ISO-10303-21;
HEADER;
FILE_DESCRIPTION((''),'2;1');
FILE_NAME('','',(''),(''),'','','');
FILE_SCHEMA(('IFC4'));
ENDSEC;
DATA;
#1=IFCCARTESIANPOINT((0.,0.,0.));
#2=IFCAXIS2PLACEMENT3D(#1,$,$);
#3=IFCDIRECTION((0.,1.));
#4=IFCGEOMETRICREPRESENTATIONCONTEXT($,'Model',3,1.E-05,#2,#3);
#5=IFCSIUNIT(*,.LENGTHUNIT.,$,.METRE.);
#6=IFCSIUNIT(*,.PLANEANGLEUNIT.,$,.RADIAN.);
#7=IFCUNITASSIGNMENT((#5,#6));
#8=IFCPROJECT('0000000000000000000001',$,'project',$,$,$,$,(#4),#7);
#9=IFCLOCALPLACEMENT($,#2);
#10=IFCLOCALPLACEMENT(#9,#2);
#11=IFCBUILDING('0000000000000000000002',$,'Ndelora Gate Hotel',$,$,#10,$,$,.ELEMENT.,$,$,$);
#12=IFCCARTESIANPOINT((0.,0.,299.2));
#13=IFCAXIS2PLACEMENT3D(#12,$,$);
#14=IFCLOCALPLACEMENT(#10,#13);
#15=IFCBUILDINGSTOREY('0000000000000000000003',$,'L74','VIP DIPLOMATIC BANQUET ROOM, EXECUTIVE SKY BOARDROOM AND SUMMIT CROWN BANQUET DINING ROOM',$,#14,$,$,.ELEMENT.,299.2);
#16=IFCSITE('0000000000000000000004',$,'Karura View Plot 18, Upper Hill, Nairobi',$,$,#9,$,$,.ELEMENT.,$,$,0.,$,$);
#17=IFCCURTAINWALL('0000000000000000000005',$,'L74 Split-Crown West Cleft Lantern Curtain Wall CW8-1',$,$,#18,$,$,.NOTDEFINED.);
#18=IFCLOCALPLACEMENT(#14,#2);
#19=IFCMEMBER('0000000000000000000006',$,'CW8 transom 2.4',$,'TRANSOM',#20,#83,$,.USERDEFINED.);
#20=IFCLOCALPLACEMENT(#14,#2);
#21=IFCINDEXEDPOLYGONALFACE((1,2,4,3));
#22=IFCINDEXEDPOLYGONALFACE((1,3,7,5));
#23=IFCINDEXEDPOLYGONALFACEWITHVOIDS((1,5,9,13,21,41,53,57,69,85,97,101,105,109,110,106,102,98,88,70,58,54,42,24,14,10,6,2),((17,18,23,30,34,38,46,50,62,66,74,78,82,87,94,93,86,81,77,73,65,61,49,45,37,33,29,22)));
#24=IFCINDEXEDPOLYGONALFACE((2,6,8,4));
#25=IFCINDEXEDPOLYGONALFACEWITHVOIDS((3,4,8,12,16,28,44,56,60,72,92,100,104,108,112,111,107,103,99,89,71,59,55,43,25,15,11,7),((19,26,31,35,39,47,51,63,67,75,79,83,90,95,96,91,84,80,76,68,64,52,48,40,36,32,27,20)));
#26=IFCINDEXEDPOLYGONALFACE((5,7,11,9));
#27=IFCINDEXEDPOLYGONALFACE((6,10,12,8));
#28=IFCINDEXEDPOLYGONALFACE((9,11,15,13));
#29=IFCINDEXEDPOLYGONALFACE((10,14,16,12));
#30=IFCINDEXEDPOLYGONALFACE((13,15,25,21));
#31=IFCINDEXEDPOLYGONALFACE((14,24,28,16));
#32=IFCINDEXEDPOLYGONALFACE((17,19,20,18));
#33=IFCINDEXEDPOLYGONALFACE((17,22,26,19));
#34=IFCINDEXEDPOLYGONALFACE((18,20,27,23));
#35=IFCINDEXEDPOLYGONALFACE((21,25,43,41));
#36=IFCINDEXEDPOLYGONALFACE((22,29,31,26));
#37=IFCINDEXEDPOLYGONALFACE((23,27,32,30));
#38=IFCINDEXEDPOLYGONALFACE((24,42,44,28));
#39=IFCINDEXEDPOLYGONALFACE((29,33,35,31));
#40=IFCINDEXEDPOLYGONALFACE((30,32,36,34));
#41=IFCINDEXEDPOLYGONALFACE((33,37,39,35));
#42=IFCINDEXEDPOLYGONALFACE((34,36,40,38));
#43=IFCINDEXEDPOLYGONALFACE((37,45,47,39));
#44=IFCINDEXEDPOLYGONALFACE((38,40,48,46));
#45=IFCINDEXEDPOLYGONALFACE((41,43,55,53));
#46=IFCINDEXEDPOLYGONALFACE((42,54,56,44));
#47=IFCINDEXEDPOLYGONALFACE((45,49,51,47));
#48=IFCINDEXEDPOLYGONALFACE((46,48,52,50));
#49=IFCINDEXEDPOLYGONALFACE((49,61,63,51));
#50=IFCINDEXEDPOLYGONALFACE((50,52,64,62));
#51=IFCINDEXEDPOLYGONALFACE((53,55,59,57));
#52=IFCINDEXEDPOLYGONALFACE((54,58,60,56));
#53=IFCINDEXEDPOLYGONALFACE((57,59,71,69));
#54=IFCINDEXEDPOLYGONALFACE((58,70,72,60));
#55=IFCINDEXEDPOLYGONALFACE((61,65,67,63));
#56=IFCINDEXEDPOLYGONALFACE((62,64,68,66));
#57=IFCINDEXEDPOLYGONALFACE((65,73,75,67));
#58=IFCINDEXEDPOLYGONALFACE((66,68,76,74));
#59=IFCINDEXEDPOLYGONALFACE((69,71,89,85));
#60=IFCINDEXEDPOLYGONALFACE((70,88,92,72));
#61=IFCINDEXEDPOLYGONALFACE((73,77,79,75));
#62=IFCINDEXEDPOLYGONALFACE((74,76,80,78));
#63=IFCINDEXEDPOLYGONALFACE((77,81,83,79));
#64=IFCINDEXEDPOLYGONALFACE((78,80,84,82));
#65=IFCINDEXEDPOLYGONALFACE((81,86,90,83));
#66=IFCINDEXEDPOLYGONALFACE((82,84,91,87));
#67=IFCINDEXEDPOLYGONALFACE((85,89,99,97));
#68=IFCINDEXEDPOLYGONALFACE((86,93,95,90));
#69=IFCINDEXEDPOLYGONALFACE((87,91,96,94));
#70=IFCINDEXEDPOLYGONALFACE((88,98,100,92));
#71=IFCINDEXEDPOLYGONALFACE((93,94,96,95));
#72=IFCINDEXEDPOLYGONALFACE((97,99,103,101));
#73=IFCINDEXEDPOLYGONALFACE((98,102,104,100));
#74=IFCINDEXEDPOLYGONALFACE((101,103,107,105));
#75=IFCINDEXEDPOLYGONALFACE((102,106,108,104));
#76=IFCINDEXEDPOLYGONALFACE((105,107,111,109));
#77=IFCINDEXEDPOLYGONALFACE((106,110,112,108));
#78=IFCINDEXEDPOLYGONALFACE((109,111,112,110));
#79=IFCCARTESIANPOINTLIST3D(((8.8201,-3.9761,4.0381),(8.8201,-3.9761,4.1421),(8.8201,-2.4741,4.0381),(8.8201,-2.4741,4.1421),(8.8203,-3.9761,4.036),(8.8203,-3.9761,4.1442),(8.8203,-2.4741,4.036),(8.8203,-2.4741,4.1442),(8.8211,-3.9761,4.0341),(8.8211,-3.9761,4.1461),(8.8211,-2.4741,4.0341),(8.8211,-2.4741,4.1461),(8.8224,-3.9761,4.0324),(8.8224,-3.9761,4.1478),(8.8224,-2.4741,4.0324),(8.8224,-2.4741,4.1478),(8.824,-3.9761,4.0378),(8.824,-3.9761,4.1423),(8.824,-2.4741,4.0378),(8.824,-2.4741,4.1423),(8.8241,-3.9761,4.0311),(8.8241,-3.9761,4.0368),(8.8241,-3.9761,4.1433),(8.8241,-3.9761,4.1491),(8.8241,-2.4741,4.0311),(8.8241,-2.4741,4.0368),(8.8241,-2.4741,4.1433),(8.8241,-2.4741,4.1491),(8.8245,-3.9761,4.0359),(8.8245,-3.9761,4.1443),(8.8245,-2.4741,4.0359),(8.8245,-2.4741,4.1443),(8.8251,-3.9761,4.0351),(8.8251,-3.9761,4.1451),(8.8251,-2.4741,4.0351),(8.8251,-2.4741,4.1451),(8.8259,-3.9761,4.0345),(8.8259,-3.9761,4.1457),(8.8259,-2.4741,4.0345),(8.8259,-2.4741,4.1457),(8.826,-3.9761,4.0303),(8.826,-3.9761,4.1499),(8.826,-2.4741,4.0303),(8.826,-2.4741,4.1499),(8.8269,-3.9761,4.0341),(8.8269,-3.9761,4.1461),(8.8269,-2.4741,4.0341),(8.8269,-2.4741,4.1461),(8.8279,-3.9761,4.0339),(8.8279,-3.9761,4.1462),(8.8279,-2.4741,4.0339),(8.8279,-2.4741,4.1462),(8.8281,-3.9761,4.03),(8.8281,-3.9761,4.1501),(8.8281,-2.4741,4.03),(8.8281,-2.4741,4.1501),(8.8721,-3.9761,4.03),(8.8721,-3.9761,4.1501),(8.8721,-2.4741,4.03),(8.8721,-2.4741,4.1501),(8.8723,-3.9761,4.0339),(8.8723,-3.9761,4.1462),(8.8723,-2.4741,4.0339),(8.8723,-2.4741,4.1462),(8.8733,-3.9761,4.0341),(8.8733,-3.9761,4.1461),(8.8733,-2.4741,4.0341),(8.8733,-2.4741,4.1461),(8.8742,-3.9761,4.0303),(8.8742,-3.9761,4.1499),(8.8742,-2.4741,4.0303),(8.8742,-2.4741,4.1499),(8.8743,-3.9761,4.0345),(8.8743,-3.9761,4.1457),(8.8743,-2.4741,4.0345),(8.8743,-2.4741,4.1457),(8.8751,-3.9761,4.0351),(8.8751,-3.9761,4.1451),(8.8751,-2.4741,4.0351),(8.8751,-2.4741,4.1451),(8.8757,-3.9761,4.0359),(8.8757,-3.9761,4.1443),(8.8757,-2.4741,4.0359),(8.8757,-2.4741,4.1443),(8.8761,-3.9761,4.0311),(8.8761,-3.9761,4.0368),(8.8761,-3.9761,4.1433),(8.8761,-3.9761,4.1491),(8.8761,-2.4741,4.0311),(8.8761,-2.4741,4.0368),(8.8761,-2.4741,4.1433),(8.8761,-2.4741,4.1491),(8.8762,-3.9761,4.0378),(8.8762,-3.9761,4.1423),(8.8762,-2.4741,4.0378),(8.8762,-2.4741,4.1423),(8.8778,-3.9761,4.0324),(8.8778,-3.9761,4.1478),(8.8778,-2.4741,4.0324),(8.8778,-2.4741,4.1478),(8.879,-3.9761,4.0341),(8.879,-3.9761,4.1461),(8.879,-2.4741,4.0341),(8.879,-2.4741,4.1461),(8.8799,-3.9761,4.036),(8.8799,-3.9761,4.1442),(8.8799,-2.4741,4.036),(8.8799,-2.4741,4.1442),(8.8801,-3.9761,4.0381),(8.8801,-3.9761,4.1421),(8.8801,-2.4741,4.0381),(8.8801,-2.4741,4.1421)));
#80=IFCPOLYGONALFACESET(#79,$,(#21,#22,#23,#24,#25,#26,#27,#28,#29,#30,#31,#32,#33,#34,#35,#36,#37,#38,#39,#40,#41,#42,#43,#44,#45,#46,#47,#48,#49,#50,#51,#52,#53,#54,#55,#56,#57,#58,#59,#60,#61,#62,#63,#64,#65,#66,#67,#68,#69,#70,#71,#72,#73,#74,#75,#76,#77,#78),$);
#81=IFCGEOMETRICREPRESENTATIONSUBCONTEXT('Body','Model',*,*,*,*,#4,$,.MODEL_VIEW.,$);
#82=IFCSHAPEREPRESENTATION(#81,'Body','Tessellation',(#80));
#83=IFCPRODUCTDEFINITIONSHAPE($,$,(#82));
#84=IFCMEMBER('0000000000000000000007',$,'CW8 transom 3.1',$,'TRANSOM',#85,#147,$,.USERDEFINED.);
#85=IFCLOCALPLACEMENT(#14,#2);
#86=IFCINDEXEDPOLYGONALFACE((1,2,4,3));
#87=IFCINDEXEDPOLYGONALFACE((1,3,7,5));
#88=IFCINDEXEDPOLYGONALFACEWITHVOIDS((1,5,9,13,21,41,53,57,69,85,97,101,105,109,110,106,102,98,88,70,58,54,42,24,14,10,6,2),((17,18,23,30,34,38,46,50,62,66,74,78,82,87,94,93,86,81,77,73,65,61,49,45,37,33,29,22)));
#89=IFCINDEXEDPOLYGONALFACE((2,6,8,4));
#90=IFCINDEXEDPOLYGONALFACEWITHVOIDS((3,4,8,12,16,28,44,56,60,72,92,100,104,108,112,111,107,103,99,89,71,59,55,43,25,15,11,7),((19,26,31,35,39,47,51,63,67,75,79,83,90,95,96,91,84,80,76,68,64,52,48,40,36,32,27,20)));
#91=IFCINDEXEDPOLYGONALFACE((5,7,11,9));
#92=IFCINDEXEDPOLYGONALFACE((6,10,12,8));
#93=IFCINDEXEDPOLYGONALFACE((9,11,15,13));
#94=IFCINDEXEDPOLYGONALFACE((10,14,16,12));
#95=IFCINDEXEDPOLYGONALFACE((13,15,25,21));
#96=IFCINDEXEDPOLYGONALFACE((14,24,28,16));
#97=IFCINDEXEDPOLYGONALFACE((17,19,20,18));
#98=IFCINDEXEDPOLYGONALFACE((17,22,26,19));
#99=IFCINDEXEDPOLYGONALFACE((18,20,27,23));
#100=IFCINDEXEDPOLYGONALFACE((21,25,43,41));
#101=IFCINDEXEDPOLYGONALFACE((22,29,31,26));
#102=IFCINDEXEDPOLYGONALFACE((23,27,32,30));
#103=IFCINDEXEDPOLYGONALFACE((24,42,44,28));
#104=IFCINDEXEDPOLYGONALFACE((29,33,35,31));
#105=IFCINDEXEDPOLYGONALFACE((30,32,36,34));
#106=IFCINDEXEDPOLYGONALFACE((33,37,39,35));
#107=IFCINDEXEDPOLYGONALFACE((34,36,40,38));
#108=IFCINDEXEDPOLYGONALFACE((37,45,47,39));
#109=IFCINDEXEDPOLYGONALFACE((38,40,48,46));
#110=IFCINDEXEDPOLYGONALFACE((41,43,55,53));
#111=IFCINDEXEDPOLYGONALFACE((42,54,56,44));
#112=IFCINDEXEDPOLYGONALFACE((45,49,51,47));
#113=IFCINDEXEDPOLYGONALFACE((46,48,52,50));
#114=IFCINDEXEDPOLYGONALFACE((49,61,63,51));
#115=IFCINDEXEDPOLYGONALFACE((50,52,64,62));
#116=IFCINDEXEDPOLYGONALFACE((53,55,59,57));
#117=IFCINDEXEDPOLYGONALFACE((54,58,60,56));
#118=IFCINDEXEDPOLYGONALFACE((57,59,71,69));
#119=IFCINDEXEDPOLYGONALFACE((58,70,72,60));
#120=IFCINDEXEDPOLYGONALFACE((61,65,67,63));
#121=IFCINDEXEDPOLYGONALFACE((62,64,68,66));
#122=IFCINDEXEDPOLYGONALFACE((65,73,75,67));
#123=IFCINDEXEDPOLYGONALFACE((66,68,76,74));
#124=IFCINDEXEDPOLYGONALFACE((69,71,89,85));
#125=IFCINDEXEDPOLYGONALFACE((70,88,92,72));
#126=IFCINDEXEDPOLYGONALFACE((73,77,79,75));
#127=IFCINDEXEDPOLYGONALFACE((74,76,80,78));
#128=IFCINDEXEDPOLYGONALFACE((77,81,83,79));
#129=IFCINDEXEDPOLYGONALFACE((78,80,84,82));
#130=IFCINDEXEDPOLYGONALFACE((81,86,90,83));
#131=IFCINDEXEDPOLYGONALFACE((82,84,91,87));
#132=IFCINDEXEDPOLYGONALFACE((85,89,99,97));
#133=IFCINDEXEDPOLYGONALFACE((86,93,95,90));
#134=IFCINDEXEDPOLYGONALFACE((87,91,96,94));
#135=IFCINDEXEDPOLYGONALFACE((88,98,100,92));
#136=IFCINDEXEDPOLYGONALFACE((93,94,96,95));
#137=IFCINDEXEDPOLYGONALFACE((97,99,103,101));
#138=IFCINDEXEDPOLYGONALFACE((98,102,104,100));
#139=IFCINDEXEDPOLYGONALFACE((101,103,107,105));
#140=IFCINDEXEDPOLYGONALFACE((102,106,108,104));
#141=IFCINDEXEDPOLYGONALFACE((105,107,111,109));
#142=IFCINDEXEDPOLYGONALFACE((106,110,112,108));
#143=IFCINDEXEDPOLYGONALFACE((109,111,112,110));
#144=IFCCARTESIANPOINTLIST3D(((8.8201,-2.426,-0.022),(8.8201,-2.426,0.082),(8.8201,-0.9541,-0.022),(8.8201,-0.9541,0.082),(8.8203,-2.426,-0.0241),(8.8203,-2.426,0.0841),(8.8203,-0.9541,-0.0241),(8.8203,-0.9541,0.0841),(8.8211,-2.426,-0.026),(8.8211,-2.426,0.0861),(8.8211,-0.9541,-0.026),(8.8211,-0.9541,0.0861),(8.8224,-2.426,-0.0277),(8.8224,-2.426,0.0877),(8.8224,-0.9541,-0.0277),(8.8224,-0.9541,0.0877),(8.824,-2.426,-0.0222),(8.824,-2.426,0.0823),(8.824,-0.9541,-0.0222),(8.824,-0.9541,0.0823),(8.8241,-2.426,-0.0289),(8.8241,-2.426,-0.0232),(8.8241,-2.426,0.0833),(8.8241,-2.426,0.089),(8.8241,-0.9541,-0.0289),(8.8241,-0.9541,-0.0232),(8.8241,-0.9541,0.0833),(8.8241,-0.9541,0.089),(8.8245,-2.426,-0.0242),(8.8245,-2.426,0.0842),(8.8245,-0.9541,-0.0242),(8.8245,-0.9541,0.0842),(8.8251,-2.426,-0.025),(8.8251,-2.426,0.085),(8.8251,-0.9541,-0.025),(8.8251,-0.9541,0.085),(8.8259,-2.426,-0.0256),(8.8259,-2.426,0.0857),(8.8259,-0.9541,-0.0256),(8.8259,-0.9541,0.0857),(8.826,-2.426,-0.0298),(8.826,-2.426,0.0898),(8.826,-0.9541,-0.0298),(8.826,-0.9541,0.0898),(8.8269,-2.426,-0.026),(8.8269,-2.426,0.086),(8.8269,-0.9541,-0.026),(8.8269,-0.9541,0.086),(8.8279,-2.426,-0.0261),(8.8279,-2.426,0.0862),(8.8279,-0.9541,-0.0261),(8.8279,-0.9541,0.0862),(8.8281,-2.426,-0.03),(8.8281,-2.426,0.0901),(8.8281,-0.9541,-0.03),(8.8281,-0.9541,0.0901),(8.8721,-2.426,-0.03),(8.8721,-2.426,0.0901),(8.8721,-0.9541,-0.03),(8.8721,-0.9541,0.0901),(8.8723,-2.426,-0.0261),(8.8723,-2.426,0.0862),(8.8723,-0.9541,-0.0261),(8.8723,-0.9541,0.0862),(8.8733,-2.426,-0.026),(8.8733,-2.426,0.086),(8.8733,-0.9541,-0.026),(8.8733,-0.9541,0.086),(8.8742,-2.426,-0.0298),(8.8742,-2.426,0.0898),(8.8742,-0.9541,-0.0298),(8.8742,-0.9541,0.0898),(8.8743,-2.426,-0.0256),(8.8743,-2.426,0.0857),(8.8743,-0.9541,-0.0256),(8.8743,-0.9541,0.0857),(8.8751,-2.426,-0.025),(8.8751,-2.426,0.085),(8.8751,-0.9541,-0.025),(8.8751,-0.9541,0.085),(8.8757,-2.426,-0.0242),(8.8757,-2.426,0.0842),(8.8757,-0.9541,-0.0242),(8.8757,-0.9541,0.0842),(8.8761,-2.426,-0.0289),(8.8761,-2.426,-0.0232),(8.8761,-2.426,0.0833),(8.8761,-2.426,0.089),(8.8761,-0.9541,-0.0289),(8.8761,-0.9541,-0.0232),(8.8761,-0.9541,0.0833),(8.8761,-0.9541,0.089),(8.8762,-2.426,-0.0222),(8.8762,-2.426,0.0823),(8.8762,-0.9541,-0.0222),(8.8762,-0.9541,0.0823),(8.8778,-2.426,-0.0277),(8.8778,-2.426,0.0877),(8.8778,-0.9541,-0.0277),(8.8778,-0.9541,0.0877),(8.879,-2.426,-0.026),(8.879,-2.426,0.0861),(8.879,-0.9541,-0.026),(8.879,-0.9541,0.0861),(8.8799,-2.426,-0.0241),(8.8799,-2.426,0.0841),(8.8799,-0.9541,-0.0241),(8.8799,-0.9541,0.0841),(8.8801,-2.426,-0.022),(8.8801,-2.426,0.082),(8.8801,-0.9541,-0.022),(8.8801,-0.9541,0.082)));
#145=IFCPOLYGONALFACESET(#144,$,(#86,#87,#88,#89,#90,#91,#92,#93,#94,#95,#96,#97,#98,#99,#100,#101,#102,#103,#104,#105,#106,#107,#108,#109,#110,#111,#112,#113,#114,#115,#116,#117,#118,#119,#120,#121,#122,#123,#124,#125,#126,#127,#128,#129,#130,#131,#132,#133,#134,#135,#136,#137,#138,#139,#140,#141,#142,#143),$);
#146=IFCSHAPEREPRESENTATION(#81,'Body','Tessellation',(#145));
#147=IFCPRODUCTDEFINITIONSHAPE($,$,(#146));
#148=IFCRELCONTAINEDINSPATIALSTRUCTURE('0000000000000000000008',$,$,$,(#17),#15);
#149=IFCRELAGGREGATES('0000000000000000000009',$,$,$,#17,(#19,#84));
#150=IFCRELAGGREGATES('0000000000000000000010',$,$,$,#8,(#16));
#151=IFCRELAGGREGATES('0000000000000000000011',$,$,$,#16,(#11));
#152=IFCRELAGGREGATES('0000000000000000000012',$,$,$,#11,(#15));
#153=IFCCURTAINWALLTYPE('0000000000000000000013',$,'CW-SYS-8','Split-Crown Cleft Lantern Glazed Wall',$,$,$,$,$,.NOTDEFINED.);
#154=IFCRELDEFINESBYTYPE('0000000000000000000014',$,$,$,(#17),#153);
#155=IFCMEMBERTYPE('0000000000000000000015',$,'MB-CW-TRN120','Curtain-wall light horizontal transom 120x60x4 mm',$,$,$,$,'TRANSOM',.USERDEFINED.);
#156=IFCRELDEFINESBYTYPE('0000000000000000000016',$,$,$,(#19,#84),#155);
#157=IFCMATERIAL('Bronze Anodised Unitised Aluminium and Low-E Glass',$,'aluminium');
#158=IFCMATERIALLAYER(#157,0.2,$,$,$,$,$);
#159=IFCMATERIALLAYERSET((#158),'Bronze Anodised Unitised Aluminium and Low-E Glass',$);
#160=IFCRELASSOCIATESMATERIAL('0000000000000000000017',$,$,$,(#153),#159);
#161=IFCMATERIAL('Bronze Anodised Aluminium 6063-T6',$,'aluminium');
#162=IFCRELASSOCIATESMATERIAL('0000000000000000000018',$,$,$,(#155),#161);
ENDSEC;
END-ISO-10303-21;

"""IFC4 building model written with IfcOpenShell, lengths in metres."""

from ifc_helpers import new_model, si_unit, direction, frame, origin, origin_2d, place, context, subcontext, project, spatial, hollow_rectangle, extrude, material, layer, layer_set, material_profile, profile_set, type_object, element, aggregate, save


model = new_model("IFC4")

# Units and contexts
model_context = context("Model", 3, precision=1e-05, world=origin(), true_north=direction((0.0, 1.0)))
body_context = subcontext(model_context, "Body", "Model", "MODEL_VIEW")
ifc_project = project(units=[si_unit("LENGTHUNIT", "METRE"), si_unit("PLANEANGLEUNIT", "RADIAN")], contexts=[model_context])

# Site, building, storey
site_placement = place(None, origin())
site = spatial("IfcSite", under=ifc_project, at=site_placement, Name="Karura View Plot 18, Upper Hill, Nairobi", CompositionType="ELEMENT", RefElevation=0.0)
building_placement = place(site_placement, origin())
building = spatial("IfcBuilding", under=site, at=building_placement, Name="Ndelora Gate Hotel", CompositionType="ELEMENT")
storey_placement = place(building_placement, frame((0.0, 0.0, 299.2)))
storey = spatial("IfcBuildingStorey", under=building, at=storey_placement, Name="L74", Description="VIP DIPLOMATIC BANQUET ROOM, EXECUTIVE SKY BOARDROOM AND SUMMIT CROWN BANQUET DINING ROOM", CompositionType="ELEMENT", Elevation=299.2)

# Curtain wall, members
ifc_material_1 = material(Name="Bronze Anodised Unitised Aluminium and Low-E Glass", Category="aluminium")
ifc_layer_1 = layer(ifc_material_1, 0.2)
ifc_layer_set_1 = layer_set([ifc_layer_1], Name="Bronze Anodised Unitised Aluminium and Low-E Glass")
curtain_wall_type = type_object("IfcCurtainWallType", Name="CW-SYS-8", Description="Split-Crown Cleft Lantern Glazed Wall", PredefinedType="NOTDEFINED", material=ifc_layer_set_1)
curtain_wall_placement = place(storey_placement, origin())
curtain_wall = element("IfcCurtainWall", 1, at=curtain_wall_placement, inside=storey, type_object=curtain_wall_type, Name="L74 Split-Crown West Cleft Lantern Curtain Wall CW8-1", PredefinedType="NOTDEFINED")
ifc_material_2 = material(Name="Bronze Anodised Aluminium 6063-T6", Category="aluminium")
ifc_material_profile_1 = material_profile(ifc_material_2, hollow_rectangle(XDim=0.0601, YDim=0.1201, WallThickness=0.0039, InnerFilletRadius=0.0039, OuterFilletRadius=0.0081, at=origin_2d()), Name="ALU 120x60x4")
ifc_profile_set_1 = profile_set([ifc_material_profile_1], Name="Bronze Anodised Aluminium 6063-T6")
member_type_1 = type_object("IfcMemberType", Name="MB-CW-TRN120", Description="Curtain-wall light horizontal transom 120x60x4 mm", ElementType="TRANSOM", PredefinedType="USERDEFINED", material=ifc_profile_set_1)
member_1_placement = place(storey_placement, frame((8.8501, -3.9761, 4.0901), z_axis=(0.0, 1.0, 0.0), x_axis=(-1.0, 0.0, 0.0)))
member_1 = element("IfcMember", 2, at=member_1_placement, type_object=member_type_1, Name="CW8 transom 2.4", ObjectType="TRANSOM", PredefinedType="USERDEFINED", context=body_context, shape_type="SweptSolid", body=[
    extrude(hollow_rectangle(XDim=0.0601, YDim=0.1201, WallThickness=0.0039, InnerFilletRadius=0.0039, OuterFilletRadius=0.0081, at=origin_2d()), origin(), (0.0, 0.0, 1.0), 1.502),
])
member_2_placement = place(storey_placement, frame((8.8501, -2.426, 0.03), z_axis=(0.0, 1.0, 0.0), x_axis=(-1.0, 0.0, 0.0)))
member_2 = element("IfcMember", 3, at=member_2_placement, type_object=member_type_1, Name="CW8 transom 3.1", ObjectType="TRANSOM", PredefinedType="USERDEFINED", context=body_context, shape_type="SweptSolid", body=[
    extrude(hollow_rectangle(XDim=0.0601, YDim=0.1201, WallThickness=0.0039, InnerFilletRadius=0.0039, OuterFilletRadius=0.0081, at=origin_2d()), origin(), (0.0, 0.0, 1.0), 1.4719),
])
aggregate(curtain_wall, [member_1, member_2])

save(model, "model.ifc")
